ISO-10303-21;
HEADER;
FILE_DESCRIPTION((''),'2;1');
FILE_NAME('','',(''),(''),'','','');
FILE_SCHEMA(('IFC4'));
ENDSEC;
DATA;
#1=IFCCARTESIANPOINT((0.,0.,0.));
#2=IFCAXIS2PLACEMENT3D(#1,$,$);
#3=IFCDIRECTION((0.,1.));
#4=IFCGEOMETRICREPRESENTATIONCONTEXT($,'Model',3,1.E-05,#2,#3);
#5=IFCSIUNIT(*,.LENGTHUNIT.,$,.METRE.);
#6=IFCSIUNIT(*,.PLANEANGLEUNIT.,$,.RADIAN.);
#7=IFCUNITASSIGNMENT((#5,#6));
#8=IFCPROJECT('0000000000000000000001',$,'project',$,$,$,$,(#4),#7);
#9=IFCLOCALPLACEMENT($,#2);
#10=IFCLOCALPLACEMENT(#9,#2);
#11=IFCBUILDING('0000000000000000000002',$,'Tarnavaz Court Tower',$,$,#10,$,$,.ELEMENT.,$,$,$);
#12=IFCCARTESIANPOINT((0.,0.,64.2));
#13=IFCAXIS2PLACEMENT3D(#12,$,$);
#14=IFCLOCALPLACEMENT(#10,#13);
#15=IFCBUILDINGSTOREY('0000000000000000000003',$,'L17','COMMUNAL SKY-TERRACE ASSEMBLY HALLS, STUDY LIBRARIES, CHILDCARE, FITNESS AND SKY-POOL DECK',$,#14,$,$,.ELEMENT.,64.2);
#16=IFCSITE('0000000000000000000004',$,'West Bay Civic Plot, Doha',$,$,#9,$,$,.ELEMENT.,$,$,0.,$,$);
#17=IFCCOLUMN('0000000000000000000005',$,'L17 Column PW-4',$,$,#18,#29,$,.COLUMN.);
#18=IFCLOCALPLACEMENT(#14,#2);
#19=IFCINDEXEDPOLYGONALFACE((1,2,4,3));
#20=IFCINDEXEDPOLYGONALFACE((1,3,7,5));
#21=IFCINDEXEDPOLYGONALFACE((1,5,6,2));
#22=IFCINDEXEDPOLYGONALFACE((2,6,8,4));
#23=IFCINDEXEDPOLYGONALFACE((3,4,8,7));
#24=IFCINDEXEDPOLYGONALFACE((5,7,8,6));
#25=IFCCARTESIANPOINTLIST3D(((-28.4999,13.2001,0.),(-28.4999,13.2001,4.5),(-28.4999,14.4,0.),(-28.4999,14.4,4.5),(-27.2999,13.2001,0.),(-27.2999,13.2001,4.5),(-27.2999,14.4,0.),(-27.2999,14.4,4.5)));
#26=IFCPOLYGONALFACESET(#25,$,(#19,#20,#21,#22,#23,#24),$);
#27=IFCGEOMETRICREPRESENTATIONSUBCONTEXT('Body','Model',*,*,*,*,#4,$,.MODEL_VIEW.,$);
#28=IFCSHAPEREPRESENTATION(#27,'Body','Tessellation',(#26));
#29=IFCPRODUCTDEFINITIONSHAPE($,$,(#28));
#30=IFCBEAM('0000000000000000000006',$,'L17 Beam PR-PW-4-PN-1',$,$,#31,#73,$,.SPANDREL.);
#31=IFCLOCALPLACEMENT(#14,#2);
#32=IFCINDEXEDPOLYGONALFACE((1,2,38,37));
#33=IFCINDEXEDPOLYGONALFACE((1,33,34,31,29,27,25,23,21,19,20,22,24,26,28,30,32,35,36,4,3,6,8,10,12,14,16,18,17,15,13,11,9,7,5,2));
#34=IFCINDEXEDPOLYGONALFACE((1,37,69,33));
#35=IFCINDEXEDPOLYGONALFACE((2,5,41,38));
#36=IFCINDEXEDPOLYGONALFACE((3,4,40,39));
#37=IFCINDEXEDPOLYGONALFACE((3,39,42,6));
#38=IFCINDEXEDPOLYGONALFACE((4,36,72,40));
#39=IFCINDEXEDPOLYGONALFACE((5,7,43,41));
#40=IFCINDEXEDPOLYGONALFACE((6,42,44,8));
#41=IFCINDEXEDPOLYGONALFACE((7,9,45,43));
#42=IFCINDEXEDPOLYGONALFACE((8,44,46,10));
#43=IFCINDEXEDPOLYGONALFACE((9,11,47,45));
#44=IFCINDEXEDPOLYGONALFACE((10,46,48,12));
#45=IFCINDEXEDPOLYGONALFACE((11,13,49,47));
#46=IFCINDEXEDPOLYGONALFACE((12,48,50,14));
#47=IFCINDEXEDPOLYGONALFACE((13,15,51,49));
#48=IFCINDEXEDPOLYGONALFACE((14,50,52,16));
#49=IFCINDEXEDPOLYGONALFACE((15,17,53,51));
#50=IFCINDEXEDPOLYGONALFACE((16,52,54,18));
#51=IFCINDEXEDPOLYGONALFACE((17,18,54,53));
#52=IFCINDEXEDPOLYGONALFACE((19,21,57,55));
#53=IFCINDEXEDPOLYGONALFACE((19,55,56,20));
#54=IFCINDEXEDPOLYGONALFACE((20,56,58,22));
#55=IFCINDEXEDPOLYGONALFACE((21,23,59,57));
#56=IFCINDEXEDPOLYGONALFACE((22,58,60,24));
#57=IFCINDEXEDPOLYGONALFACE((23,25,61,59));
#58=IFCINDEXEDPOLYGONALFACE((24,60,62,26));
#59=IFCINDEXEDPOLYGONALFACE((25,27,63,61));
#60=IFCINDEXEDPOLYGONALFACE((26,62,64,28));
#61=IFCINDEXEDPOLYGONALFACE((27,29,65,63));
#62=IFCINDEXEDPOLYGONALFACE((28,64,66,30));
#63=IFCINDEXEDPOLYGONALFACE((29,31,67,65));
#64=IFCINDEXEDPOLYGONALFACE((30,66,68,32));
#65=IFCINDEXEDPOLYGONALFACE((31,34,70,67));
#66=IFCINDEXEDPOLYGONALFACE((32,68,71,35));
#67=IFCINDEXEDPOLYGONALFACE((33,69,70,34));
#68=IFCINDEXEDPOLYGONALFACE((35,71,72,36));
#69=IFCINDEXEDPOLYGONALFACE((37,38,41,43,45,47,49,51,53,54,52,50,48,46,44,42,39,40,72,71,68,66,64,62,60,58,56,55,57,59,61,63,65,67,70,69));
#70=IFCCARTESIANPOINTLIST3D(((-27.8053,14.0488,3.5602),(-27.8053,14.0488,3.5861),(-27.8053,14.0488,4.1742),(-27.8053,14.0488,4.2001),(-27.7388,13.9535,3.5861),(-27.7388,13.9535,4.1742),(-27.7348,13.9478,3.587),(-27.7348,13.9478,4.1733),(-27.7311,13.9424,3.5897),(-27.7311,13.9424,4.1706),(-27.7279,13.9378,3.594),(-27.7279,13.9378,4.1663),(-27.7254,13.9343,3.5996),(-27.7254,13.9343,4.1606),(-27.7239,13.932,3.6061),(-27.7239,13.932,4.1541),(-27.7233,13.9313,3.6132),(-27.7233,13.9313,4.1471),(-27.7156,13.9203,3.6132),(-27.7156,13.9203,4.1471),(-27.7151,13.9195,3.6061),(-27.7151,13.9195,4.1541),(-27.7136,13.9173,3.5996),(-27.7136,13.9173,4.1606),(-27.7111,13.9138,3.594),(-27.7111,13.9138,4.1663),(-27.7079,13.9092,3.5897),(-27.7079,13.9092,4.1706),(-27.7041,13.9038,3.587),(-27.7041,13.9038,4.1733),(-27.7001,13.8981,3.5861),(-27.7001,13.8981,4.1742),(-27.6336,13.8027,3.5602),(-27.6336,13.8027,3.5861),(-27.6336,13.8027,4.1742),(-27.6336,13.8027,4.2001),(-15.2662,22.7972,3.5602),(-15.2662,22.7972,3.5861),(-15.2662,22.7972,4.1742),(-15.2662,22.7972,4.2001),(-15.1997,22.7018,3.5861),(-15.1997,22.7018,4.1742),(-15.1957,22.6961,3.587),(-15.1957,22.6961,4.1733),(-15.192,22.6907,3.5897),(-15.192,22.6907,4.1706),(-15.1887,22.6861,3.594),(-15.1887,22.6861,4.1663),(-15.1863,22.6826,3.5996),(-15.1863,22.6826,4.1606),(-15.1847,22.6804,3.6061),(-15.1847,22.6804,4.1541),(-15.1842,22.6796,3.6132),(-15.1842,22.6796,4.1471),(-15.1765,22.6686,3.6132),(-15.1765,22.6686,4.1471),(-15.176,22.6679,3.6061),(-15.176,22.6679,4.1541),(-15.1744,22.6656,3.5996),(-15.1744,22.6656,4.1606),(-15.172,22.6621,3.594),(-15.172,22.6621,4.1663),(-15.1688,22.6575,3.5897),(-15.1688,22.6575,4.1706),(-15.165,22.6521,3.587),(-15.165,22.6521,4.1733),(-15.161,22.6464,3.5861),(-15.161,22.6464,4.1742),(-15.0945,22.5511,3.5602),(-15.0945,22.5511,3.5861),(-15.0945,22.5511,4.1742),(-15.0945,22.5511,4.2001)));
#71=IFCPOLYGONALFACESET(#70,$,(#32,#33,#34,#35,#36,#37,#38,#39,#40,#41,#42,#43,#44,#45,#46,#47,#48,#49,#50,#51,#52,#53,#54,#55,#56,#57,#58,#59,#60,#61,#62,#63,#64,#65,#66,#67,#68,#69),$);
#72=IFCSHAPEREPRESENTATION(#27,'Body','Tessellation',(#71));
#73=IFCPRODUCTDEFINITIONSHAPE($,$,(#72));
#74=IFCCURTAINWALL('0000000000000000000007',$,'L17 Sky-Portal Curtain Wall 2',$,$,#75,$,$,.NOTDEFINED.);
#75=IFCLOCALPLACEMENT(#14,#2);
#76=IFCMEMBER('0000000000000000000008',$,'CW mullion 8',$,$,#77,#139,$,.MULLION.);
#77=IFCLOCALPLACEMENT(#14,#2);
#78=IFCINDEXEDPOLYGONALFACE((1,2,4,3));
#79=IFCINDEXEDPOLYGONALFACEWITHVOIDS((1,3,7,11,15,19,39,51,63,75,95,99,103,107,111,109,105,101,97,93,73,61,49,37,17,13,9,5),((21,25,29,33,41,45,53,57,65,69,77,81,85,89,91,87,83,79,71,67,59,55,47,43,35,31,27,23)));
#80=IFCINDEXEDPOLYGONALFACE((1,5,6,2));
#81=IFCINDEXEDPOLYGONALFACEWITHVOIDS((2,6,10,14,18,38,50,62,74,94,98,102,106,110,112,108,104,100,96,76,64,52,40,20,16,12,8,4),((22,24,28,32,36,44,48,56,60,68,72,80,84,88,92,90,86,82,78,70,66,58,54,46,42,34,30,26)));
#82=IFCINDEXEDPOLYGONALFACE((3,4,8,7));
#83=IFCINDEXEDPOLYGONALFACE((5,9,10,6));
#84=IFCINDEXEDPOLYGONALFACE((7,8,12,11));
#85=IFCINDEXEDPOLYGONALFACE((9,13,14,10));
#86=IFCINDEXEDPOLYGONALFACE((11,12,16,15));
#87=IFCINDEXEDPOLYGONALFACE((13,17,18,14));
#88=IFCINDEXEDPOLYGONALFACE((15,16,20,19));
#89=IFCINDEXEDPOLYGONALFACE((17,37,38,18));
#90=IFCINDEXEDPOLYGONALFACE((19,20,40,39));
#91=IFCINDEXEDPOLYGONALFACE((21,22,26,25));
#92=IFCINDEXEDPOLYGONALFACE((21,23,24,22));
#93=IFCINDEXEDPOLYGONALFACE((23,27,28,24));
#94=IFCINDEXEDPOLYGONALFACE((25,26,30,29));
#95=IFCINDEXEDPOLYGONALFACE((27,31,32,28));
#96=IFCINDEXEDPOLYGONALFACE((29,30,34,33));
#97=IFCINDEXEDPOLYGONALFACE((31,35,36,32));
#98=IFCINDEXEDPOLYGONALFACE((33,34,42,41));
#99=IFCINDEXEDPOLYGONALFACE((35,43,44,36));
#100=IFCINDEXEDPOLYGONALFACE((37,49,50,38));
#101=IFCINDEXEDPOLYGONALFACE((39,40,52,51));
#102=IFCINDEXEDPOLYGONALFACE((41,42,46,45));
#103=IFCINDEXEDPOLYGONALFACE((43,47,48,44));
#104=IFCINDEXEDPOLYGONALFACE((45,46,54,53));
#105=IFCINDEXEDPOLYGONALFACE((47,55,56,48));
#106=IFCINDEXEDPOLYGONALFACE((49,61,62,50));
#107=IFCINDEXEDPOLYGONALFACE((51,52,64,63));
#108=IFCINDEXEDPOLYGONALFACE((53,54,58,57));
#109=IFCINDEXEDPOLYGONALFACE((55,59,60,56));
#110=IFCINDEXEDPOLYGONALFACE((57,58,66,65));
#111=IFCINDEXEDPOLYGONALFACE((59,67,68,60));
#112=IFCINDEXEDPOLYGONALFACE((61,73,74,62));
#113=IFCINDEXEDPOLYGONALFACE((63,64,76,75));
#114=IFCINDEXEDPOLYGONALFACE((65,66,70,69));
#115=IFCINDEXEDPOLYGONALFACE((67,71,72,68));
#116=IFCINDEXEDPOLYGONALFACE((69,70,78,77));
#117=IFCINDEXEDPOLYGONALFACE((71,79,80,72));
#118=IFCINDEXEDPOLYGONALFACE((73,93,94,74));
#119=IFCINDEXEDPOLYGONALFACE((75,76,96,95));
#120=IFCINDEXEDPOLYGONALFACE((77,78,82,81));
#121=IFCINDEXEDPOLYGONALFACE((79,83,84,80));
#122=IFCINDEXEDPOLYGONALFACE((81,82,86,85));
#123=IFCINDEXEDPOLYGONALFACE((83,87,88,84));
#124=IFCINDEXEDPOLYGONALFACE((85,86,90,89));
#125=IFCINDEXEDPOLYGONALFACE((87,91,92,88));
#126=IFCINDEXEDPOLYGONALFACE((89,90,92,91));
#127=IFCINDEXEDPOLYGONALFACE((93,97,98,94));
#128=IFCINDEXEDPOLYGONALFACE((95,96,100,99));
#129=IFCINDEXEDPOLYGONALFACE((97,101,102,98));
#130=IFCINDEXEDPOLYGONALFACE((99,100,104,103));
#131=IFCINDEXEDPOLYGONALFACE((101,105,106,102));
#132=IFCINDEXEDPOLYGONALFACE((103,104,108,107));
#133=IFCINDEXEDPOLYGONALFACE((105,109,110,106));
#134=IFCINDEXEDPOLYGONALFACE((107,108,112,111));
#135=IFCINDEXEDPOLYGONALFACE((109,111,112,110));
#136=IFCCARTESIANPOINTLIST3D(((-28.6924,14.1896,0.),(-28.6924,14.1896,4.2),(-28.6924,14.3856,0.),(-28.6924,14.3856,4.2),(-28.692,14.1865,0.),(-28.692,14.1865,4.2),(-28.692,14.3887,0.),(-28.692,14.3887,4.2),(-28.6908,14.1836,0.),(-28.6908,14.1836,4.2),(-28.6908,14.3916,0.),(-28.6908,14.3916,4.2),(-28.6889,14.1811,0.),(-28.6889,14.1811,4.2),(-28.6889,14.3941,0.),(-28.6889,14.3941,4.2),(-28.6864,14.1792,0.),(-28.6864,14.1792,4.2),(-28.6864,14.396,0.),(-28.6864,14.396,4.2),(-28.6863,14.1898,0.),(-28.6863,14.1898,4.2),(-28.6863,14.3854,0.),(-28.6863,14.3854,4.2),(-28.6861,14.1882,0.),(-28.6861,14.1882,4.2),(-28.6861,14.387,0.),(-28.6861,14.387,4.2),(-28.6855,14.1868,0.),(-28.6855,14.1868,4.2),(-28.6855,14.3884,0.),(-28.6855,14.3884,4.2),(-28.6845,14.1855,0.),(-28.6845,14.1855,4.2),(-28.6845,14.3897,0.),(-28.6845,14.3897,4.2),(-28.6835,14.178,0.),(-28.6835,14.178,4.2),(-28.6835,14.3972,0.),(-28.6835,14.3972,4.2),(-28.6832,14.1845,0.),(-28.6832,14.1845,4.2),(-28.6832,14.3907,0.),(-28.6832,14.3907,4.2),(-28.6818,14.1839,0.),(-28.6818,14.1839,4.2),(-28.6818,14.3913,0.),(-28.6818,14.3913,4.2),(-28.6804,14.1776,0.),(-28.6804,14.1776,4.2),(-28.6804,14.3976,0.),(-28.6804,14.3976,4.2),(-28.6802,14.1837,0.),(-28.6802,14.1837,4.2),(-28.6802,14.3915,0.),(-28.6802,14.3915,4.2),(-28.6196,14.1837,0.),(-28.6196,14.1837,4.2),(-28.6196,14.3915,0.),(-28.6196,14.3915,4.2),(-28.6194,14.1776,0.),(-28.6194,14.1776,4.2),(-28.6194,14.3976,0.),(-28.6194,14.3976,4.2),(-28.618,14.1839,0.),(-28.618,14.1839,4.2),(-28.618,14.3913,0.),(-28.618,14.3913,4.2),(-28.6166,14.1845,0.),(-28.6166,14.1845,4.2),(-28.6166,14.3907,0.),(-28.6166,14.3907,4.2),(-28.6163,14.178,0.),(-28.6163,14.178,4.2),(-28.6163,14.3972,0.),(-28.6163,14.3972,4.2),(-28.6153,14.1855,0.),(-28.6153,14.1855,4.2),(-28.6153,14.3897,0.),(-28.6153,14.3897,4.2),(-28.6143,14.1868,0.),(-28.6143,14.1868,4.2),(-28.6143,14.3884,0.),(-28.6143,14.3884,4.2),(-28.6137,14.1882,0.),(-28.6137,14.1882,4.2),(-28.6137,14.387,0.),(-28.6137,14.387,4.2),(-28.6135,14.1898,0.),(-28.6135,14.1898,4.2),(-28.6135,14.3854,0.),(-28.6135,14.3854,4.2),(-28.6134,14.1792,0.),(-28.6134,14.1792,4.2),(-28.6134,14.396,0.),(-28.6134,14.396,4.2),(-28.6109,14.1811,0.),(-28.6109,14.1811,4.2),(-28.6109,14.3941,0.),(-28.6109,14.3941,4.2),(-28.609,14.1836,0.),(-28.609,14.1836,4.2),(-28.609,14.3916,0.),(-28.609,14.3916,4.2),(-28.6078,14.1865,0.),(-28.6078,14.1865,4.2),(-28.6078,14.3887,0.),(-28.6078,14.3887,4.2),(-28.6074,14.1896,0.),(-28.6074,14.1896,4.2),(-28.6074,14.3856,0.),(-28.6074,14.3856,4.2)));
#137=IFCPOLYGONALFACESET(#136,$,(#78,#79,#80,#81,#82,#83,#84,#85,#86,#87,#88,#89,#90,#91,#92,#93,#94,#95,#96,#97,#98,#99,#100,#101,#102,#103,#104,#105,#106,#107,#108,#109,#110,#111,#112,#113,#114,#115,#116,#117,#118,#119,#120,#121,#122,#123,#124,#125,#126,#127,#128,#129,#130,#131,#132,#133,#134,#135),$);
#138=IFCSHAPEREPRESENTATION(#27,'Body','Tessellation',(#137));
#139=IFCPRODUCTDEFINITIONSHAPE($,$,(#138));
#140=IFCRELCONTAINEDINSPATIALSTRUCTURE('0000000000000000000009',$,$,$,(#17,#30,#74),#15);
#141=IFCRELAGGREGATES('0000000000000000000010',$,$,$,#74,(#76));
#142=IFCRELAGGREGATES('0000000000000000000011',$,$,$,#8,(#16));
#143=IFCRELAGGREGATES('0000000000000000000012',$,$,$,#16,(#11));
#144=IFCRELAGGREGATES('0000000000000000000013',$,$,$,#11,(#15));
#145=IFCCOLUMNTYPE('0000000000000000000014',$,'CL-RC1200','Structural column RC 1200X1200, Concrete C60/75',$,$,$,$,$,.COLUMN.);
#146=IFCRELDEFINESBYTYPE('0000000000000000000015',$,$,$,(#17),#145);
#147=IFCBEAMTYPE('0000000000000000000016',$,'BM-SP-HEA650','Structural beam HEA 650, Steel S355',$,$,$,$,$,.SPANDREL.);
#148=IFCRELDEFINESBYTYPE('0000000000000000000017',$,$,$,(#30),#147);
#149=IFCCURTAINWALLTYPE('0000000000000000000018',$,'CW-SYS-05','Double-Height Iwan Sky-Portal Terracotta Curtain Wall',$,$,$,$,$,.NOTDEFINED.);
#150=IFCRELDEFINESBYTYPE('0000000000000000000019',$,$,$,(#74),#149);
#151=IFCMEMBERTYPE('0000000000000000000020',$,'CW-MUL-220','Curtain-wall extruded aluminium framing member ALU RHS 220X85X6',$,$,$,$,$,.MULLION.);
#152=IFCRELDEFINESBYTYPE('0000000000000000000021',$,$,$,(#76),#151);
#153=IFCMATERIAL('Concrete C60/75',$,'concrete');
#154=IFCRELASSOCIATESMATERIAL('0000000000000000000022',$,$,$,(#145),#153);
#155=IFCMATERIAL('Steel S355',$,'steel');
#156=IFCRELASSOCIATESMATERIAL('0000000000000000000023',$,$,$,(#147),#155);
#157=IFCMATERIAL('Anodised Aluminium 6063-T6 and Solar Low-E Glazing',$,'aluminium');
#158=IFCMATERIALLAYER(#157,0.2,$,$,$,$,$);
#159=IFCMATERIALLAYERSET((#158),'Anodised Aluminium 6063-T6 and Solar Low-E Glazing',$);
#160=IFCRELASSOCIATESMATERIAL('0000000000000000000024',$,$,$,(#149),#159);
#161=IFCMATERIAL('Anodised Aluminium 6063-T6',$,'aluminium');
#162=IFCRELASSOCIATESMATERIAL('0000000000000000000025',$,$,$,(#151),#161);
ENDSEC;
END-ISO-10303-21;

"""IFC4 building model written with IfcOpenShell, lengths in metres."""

from ifc_helpers import new_model, si_unit, direction, frame, origin, origin_2d, place, context, subcontext, project, spatial, rectangle, hollow_rectangle, i_section, extrude, material, layer, layer_set, material_profile, profile_set, type_object, element, aggregate, save


model = new_model("IFC4")

# Units and contexts
model_context = context("Model", 3, precision=1e-05, world=origin(), true_north=direction((0.0, 1.0)))
body_context = subcontext(model_context, "Body", "Model", "MODEL_VIEW")
ifc_project = project(units=[si_unit("LENGTHUNIT", "METRE"), si_unit("PLANEANGLEUNIT", "RADIAN")], contexts=[model_context])

# Site, building, storey
site_placement = place(None, origin())
site = spatial("IfcSite", under=ifc_project, at=site_placement, Name="West Bay Civic Plot, Doha", CompositionType="ELEMENT", RefElevation=0.0)
building_placement = place(site_placement, origin())
building = spatial("IfcBuilding", under=site, at=building_placement, Name="Tarnavaz Court Tower", CompositionType="ELEMENT")
storey_placement = place(building_placement, frame((0.0, 0.0, 64.2)))
storey = spatial("IfcBuildingStorey", under=building, at=storey_placement, Name="L17", Description="COMMUNAL SKY-TERRACE ASSEMBLY HALLS, STUDY LIBRARIES, CHILDCARE, FITNESS AND SKY-POOL DECK", CompositionType="ELEMENT", Elevation=64.2)

# Column
ifc_material_1 = material(Name="Concrete C60/75", Category="concrete")
ifc_material_profile_1 = material_profile(ifc_material_1, rectangle(XDim=1.2, YDim=1.2, at=origin_2d()), Name="RC 1200X1200")
ifc_profile_set_1 = profile_set([ifc_material_profile_1], Name="Concrete C60/75")
column_type = type_object("IfcColumnType", Name="CL-RC1200", Description="Structural column RC 1200X1200, Concrete C60/75", PredefinedType="COLUMN", material=ifc_profile_set_1)
column_placement = place(storey_placement, frame((-27.8999, 13.8, 0.0), z_axis=(0.0, 0.0, 1.0), x_axis=(1.0, 0.0, 0.0)))
element("IfcColumn", 1, at=column_placement, inside=storey, type_object=column_type, Name="L17 Column PW-4", PredefinedType="COLUMN", context=body_context, shape_type="SweptSolid", body=[
    extrude(rectangle(XDim=1.2, YDim=1.2, at=origin_2d()), origin(), (0.0, 0.0, 1.0), 4.5),
])

# Beam
ifc_material_2 = material(Name="Steel S355", Category="steel")
ifc_material_profile_2 = material_profile(ifc_material_2, i_section(OverallWidth=0.3, OverallDepth=0.6399, WebThickness=0.0134, FlangeThickness=0.0259, FilletRadius=0.0271, at=origin_2d()), Name="HEA 650")
ifc_profile_set_2 = profile_set([ifc_material_profile_2], Name="Steel S355")
beam_type = type_object("IfcBeamType", Name="BM-SP-HEA650", Description="Structural beam HEA 650, Steel S355", PredefinedType="SPANDREL", material=ifc_profile_set_2)
beam_placement = place(storey_placement, frame((-27.7195, 13.9258, 3.8801), z_axis=(0.820124, 0.572186, 0.0), x_axis=(-0.572186, 0.820124, 0.0)))
element("IfcBeam", 2, at=beam_placement, inside=storey, type_object=beam_type, Name="L17 Beam PR-PW-4-PN-1", PredefinedType="SPANDREL", context=body_context, shape_type="SweptSolid", body=[
    extrude(i_section(OverallWidth=0.3, OverallDepth=0.6399, WebThickness=0.0134, FlangeThickness=0.0259, FilletRadius=0.0271, at=origin_2d()), origin(), (0.0, 0.0, 1.0), 15.2893),
])

# Curtain wall, member
ifc_material_3 = material(Name="Anodised Aluminium 6063-T6 and Solar Low-E Glazing", Category="aluminium")
ifc_layer_1 = layer(ifc_material_3, 0.2)
ifc_layer_set_1 = layer_set([ifc_layer_1], Name="Anodised Aluminium 6063-T6 and Solar Low-E Glazing")
curtain_wall_type = type_object("IfcCurtainWallType", Name="CW-SYS-05", Description="Double-Height Iwan Sky-Portal Terracotta Curtain Wall", PredefinedType="NOTDEFINED", material=ifc_layer_set_1)
curtain_wall_placement = place(storey_placement, origin())
curtain_wall = element("IfcCurtainWall", 3, at=curtain_wall_placement, inside=storey, type_object=curtain_wall_type, Name="L17 Sky-Portal Curtain Wall 2", PredefinedType="NOTDEFINED")
ifc_material_4 = material(Name="Anodised Aluminium 6063-T6", Category="aluminium")
ifc_material_profile_3 = material_profile(ifc_material_4, hollow_rectangle(XDim=0.085, YDim=0.22, WallThickness=0.0061, InnerFilletRadius=0.0061, OuterFilletRadius=0.012, at=origin_2d()), Name="ALU RHS 220X85X6")
ifc_profile_set_3 = profile_set([ifc_material_profile_3], Name="Anodised Aluminium 6063-T6")
member_type_1 = type_object("IfcMemberType", Name="CW-MUL-220", Description="Curtain-wall extruded aluminium framing member ALU RHS 220X85X6", PredefinedType="MULLION", material=ifc_profile_set_3)
member_1_placement = place(storey_placement, frame((-28.6499, 14.2876, 0.0), z_axis=(0.0, 0.0, 1.0), x_axis=(-1.0, 0.0, 0.0)))
member_1 = element("IfcMember", 4, at=member_1_placement, type_object=member_type_1, Name="CW mullion 8", PredefinedType="MULLION", context=body_context, shape_type="SweptSolid", body=[
    extrude(hollow_rectangle(XDim=0.085, YDim=0.22, WallThickness=0.0061, InnerFilletRadius=0.0061, OuterFilletRadius=0.012, at=origin_2d()), origin(), (0.0, 0.0, 1.0), 4.2),
])
aggregate(curtain_wall, [member_1])

save(model, "model.ifc")
